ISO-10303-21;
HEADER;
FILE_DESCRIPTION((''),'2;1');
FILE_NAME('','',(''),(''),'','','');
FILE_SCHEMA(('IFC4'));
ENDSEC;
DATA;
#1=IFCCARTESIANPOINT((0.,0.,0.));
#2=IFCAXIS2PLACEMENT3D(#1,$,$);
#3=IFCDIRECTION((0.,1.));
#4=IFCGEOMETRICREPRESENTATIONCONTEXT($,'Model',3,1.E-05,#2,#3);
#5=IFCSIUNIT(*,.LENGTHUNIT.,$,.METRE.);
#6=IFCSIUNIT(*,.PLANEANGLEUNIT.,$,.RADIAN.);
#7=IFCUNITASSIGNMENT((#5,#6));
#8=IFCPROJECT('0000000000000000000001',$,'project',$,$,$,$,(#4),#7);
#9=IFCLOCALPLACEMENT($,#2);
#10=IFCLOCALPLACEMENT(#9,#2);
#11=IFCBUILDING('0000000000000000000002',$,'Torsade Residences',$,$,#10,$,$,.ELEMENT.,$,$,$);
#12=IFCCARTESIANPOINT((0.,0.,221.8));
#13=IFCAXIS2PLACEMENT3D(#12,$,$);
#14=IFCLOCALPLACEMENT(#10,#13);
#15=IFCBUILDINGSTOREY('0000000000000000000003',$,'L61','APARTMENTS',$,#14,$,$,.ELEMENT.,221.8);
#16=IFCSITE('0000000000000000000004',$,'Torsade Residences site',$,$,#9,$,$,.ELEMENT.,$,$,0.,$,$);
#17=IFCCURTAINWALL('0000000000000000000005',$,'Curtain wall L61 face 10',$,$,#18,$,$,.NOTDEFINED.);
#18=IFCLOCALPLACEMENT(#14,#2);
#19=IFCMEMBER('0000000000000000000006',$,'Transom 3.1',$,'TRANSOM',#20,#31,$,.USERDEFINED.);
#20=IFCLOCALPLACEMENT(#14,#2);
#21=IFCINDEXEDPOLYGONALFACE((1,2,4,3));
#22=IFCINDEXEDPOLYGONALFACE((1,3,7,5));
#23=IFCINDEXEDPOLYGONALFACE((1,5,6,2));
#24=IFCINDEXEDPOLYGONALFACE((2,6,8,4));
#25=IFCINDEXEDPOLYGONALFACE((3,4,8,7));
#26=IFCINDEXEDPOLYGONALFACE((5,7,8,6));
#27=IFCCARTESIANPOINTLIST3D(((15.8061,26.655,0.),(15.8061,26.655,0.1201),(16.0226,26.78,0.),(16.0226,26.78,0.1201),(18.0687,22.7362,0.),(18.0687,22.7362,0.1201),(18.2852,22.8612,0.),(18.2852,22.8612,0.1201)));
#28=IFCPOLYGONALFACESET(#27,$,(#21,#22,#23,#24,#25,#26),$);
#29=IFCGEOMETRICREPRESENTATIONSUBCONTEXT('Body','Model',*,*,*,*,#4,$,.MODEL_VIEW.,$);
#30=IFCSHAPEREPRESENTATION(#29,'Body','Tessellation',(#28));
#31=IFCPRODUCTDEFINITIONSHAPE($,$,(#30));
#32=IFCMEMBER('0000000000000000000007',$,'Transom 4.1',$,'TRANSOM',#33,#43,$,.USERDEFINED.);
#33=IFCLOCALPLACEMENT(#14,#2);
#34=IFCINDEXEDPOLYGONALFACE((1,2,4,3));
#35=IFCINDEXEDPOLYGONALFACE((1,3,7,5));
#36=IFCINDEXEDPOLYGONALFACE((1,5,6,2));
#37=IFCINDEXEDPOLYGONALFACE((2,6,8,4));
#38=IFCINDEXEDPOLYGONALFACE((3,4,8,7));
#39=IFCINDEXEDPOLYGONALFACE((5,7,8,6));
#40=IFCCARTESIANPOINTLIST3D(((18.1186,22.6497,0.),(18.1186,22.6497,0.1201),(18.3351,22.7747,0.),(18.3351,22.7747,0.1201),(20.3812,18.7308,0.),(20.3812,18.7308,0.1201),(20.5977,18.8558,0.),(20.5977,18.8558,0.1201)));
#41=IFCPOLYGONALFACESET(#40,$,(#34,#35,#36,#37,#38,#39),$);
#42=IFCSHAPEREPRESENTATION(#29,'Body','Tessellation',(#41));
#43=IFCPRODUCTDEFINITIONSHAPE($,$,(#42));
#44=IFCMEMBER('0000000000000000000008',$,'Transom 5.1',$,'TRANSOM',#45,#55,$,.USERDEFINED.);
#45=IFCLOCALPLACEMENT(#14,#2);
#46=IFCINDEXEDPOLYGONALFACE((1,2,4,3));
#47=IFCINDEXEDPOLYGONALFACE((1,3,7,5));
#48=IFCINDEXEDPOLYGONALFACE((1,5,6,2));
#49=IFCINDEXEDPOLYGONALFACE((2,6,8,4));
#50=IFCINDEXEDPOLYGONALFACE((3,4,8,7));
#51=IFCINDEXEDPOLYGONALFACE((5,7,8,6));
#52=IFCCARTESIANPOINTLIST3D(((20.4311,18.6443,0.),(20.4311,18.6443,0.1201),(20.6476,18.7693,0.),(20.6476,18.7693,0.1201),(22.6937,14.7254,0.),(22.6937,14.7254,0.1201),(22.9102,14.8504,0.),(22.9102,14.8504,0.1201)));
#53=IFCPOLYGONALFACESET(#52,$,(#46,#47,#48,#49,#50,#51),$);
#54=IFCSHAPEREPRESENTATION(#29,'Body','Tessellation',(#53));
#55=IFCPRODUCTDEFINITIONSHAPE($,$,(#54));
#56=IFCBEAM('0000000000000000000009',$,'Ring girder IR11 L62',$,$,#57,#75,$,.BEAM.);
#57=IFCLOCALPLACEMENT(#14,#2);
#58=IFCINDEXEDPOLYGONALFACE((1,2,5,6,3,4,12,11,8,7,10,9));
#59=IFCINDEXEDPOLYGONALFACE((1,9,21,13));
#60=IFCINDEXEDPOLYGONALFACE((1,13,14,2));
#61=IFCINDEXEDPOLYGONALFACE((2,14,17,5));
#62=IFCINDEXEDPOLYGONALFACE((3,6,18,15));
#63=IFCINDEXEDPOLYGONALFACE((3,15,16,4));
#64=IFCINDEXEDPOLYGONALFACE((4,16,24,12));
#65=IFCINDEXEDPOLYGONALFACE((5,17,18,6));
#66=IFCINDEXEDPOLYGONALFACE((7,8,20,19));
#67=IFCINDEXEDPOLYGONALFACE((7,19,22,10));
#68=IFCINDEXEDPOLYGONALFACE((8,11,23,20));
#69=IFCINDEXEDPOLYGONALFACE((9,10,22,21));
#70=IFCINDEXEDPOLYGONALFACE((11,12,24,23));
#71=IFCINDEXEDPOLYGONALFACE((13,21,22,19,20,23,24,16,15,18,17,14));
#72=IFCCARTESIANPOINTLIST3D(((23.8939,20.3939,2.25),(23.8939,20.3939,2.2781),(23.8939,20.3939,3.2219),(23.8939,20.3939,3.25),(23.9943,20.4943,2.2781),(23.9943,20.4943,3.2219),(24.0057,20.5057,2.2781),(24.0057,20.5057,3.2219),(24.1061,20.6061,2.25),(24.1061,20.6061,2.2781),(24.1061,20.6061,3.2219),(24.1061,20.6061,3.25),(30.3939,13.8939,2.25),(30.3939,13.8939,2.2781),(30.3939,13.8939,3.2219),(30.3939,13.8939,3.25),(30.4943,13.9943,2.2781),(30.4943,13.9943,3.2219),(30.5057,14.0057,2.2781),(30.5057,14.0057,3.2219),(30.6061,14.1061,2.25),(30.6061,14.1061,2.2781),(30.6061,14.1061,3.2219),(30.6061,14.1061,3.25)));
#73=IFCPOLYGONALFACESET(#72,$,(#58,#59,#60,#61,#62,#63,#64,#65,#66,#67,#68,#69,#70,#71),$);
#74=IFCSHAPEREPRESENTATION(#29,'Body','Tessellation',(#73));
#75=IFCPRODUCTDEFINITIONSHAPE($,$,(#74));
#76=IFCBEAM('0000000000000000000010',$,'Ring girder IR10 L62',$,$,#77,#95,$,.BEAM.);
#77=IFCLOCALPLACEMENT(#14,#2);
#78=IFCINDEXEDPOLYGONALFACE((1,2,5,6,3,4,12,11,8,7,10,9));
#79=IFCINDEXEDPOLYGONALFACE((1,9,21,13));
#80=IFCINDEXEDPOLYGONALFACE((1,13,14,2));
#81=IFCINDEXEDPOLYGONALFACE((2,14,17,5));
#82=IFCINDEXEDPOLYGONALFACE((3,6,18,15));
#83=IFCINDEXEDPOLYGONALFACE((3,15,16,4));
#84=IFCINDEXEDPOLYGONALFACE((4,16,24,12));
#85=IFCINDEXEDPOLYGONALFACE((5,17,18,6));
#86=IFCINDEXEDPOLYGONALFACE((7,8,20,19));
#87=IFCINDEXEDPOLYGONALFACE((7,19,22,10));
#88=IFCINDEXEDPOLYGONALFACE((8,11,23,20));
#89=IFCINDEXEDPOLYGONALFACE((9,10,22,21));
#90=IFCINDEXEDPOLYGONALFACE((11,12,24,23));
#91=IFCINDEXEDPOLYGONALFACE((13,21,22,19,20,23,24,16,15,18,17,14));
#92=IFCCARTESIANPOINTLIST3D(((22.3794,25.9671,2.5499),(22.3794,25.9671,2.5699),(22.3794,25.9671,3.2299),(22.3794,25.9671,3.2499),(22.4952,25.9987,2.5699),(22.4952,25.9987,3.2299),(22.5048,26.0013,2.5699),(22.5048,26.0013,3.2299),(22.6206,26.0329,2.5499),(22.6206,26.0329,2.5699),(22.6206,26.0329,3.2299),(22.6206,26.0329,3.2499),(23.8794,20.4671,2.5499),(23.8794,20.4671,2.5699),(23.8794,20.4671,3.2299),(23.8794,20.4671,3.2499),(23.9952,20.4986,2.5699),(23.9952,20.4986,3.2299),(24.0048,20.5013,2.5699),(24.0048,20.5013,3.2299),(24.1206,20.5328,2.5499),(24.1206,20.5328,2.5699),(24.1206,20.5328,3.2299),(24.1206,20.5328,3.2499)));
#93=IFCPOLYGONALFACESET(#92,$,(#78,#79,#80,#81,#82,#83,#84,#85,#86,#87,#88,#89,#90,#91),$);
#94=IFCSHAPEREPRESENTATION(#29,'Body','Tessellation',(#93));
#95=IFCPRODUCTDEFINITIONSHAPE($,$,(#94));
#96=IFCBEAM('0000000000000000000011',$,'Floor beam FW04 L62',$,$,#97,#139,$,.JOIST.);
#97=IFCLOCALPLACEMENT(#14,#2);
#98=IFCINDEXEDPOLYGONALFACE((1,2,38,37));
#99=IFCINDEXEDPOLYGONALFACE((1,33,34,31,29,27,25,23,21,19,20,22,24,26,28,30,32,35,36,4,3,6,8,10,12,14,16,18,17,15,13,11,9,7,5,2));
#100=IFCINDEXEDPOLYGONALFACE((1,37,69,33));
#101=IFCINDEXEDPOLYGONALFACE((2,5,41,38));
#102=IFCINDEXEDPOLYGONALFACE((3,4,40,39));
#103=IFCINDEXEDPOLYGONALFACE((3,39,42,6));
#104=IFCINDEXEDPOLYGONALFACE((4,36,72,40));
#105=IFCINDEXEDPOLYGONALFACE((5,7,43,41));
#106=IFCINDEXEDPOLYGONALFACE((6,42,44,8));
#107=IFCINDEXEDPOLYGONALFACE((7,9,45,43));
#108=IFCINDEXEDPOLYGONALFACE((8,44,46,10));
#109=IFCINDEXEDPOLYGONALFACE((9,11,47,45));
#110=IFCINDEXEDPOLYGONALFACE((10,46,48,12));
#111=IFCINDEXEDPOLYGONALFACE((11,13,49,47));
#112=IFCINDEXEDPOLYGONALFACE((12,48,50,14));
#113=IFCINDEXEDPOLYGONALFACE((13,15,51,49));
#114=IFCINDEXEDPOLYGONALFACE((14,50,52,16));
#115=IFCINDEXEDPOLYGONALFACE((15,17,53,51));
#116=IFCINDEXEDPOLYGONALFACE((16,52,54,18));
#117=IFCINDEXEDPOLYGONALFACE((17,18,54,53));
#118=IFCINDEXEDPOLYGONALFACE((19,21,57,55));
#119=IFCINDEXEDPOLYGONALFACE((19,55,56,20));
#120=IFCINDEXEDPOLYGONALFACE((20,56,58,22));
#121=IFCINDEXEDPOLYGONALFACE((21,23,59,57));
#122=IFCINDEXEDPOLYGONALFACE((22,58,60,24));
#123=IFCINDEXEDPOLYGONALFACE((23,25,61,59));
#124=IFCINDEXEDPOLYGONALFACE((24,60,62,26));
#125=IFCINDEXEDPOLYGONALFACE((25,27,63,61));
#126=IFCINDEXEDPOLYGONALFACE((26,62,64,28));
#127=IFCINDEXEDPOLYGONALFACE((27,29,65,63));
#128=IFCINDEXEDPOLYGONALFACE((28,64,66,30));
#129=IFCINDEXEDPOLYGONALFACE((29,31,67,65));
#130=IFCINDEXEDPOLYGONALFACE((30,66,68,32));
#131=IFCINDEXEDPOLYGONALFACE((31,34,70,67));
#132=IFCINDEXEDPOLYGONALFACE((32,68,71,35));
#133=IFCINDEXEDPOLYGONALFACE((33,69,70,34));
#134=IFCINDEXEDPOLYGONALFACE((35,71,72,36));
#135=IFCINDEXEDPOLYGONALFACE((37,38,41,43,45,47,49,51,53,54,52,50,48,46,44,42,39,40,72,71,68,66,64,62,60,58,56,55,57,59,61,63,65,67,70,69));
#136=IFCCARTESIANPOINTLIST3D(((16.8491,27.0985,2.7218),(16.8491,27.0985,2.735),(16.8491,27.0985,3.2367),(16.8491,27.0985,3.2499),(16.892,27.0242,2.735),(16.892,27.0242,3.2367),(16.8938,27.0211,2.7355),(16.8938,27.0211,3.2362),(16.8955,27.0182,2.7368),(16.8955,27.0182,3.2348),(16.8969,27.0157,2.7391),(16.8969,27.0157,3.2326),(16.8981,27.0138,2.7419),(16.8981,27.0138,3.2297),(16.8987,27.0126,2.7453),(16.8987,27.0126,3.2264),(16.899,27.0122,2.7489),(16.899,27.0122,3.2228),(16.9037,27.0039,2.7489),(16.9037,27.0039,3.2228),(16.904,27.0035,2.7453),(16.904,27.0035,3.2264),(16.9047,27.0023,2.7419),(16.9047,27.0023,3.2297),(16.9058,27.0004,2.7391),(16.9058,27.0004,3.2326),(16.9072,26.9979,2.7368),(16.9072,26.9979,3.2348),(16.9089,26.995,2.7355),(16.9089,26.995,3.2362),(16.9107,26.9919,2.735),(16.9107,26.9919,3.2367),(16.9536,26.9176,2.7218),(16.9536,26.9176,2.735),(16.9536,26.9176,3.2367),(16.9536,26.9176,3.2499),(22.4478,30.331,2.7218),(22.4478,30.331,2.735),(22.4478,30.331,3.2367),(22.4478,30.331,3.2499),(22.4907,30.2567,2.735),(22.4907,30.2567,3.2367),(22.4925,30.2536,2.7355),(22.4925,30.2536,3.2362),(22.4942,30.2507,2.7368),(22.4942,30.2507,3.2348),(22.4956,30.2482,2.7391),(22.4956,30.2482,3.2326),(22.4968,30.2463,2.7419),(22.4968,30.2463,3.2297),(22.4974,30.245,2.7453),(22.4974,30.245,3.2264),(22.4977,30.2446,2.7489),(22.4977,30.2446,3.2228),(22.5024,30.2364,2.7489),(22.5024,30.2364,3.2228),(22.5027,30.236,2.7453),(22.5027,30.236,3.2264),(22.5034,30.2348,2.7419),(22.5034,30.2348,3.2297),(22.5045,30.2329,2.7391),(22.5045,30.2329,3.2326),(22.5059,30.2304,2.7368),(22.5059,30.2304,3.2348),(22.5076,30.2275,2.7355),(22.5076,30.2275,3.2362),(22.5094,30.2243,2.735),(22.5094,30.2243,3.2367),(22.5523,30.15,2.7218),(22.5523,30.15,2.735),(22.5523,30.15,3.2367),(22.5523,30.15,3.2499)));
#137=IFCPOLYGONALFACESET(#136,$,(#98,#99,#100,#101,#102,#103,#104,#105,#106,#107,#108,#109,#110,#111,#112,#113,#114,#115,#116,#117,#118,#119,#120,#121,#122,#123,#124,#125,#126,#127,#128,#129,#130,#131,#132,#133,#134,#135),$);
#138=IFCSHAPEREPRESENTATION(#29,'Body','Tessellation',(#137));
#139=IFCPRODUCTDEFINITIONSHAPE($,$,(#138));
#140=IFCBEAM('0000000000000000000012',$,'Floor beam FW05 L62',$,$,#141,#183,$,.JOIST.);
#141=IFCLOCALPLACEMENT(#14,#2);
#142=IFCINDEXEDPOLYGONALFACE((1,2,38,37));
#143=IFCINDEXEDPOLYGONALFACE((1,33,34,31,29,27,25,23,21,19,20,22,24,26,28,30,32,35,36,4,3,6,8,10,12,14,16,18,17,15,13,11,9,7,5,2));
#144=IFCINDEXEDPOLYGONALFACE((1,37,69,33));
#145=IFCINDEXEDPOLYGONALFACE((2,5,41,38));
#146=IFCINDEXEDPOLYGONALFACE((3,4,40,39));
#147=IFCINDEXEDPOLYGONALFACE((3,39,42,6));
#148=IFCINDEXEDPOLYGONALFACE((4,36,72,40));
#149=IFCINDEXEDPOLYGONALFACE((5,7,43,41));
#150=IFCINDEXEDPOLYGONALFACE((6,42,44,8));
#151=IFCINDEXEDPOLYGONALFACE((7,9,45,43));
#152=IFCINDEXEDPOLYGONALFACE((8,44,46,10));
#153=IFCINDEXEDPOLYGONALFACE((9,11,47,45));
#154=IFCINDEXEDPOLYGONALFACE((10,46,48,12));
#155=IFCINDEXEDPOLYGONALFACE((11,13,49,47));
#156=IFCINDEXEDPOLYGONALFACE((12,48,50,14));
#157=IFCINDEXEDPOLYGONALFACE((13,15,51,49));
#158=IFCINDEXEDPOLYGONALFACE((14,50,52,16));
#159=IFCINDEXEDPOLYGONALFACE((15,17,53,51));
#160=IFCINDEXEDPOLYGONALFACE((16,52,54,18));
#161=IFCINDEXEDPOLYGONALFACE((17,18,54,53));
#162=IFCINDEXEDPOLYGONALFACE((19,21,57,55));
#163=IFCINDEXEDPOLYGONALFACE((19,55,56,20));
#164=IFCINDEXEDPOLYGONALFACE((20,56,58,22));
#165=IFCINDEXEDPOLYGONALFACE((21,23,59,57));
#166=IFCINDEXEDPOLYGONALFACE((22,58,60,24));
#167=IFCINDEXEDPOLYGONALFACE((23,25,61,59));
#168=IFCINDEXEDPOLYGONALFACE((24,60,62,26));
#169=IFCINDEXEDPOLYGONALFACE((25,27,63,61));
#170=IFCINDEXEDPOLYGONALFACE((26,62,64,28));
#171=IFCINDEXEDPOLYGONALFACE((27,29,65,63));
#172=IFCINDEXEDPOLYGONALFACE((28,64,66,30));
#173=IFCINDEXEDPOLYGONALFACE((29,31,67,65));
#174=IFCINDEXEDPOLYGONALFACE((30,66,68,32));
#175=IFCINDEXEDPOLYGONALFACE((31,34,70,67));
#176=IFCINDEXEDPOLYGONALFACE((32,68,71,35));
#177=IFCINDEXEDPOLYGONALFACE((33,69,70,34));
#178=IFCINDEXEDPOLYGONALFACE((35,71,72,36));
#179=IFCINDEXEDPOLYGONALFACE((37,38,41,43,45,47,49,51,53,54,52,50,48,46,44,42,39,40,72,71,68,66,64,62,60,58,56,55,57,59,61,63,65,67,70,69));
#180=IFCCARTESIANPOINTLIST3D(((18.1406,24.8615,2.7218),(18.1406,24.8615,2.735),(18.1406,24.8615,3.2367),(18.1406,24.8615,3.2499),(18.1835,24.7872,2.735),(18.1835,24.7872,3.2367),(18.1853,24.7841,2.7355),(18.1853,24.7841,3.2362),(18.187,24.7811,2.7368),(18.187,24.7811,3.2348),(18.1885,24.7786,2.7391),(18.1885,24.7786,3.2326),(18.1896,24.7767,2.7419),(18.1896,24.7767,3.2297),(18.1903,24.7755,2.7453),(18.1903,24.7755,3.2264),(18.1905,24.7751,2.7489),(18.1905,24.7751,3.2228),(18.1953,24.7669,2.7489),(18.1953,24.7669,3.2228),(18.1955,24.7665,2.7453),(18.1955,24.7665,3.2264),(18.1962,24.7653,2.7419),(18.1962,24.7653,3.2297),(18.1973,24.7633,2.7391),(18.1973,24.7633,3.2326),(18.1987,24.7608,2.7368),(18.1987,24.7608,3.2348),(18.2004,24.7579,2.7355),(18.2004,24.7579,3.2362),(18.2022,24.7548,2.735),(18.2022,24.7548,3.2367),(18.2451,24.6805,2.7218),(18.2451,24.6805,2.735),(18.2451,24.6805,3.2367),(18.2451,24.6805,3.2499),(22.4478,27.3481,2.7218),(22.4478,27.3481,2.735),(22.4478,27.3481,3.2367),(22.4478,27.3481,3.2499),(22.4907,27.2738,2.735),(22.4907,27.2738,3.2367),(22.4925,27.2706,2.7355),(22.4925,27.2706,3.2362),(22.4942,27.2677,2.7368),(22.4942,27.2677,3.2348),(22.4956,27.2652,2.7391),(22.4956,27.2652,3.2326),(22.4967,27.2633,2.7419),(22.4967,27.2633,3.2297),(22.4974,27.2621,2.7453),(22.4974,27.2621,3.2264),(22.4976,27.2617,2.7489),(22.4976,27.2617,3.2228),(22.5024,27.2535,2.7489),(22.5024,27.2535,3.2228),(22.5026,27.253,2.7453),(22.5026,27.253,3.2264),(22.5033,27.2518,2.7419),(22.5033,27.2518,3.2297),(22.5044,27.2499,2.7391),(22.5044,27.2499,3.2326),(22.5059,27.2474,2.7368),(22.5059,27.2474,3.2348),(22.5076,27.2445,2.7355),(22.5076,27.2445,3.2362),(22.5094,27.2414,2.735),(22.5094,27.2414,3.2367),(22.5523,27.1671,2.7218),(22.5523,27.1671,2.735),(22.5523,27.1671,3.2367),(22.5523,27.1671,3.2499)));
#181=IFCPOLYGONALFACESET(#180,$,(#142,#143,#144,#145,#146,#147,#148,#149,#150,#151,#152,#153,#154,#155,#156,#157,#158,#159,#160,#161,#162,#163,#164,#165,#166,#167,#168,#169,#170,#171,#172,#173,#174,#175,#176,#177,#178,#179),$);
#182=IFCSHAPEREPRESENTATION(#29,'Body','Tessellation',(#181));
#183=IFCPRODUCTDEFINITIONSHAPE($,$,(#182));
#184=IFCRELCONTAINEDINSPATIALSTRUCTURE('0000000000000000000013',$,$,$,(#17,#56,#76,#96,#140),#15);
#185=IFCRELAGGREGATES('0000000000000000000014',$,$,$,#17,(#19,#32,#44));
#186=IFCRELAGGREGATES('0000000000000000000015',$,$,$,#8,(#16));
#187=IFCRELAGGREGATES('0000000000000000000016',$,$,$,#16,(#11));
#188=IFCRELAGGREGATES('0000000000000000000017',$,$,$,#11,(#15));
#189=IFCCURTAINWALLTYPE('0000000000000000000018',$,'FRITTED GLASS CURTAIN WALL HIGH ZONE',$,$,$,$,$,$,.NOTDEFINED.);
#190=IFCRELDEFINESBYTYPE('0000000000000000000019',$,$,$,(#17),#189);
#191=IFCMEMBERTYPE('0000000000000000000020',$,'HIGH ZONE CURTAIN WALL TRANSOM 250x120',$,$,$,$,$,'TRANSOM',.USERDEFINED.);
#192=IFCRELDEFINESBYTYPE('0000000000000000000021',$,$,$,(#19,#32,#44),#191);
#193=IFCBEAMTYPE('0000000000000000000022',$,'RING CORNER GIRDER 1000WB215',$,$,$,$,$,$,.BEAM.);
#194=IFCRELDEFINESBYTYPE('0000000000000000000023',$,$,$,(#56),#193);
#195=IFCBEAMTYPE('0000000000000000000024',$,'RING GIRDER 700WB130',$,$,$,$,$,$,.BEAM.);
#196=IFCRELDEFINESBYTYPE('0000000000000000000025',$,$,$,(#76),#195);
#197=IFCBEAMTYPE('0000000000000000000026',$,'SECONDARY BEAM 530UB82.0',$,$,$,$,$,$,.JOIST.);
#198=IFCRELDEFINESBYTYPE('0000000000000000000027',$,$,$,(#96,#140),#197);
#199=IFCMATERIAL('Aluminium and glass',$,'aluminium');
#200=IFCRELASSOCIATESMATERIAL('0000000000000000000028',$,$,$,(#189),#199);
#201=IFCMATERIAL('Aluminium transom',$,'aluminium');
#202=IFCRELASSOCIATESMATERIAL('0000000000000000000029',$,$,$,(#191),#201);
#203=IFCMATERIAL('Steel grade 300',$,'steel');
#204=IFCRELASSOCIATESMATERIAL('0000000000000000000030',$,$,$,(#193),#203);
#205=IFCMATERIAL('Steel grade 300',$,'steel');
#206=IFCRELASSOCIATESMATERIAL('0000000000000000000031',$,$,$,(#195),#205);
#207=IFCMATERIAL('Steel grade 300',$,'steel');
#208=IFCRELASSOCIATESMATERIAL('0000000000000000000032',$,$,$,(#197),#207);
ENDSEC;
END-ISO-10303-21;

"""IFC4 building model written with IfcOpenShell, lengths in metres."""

from ifc_helpers import new_model, si_unit, direction, frame, origin, origin_2d, place, context, subcontext, project, spatial, rectangle, i_section, extrude, material, material_profile, profile_set, type_object, element, aggregate, save


model = new_model("IFC4")

# Units and contexts
model_context = context("Model", 3, precision=1e-05, world=origin(), true_north=direction((0.0, 1.0)))
body_context = subcontext(model_context, "Body", "Model", "MODEL_VIEW")
ifc_project = project(units=[si_unit("LENGTHUNIT", "METRE"), si_unit("PLANEANGLEUNIT", "RADIAN")], contexts=[model_context])

# Site, building, storey
site_placement = place(None, origin())
site = spatial("IfcSite", under=ifc_project, at=site_placement, Name="Torsade Residences site", CompositionType="ELEMENT", RefElevation=0.0)
building_placement = place(site_placement, origin())
building = spatial("IfcBuilding", under=site, at=building_placement, Name="Torsade Residences", CompositionType="ELEMENT")
storey_placement = place(building_placement, frame((0.0, 0.0, 221.8)))
storey = spatial("IfcBuildingStorey", under=building, at=storey_placement, Name="L61", Description="APARTMENTS", CompositionType="ELEMENT", Elevation=221.8)

# Curtain wall, members
ifc_material_1 = material(Name="Aluminium and glass", Category="aluminium")
curtain_wall_type = type_object("IfcCurtainWallType", Name="FRITTED GLASS CURTAIN WALL HIGH ZONE", PredefinedType="NOTDEFINED", material=ifc_material_1)
curtain_wall_placement = place(storey_placement, origin())
curtain_wall = element("IfcCurtainWall", 1, at=curtain_wall_placement, inside=storey, type_object=curtain_wall_type, Name="Curtain wall L61 face 10", PredefinedType="NOTDEFINED")
ifc_material_2 = material(Name="Aluminium transom", Category="aluminium")
ifc_material_profile_1 = material_profile(ifc_material_2, rectangle(XDim=0.25, YDim=0.1201, at=origin_2d()), Name="HIGH ZONE CURTAIN WALL TRANSOM 250x120")
ifc_profile_set_1 = profile_set([ifc_material_profile_1], Name="Aluminium transom")
member_type_1 = type_object("IfcMemberType", Name="HIGH ZONE CURTAIN WALL TRANSOM 250x120", ElementType="TRANSOM", PredefinedType="USERDEFINED", material=ifc_profile_set_1)
member_1_placement = place(storey_placement, frame((15.9143, 26.7175, 0.0601), z_axis=(0.500015, -0.866017, 0.0), x_axis=(0.866017, 0.500015, 0.0)))
member_1 = element("IfcMember", 2, at=member_1_placement, type_object=member_type_1, Name="Transom 3.1", ObjectType="TRANSOM", PredefinedType="USERDEFINED", context=body_context, shape_type="SweptSolid", body=[
    extrude(rectangle(XDim=0.25, YDim=0.1201, at=origin_2d()), origin(), (0.0, 0.0, 1.0), 4.5251),
])
member_2_placement = place(storey_placement, frame((18.2268, 22.7122, 0.0601), z_axis=(0.500015, -0.866017, 0.0), x_axis=(0.866017, 0.500015, 0.0)))
member_2 = element("IfcMember", 3, at=member_2_placement, type_object=member_type_1, Name="Transom 4.1", ObjectType="TRANSOM", PredefinedType="USERDEFINED", context=body_context, shape_type="SweptSolid", body=[
    extrude(rectangle(XDim=0.25, YDim=0.1201, at=origin_2d()), origin(), (0.0, 0.0, 1.0), 4.5251),
])
member_3_placement = place(storey_placement, frame((20.5393, 18.7068, 0.0601), z_axis=(0.500015, -0.866017, 0.0), x_axis=(0.866017, 0.500015, 0.0)))
member_3 = element("IfcMember", 4, at=member_3_placement, type_object=member_type_1, Name="Transom 5.1", ObjectType="TRANSOM", PredefinedType="USERDEFINED", context=body_context, shape_type="SweptSolid", body=[
    extrude(rectangle(XDim=0.25, YDim=0.1201, at=origin_2d()), origin(), (0.0, 0.0, 1.0), 4.5251),
])

# Beams
ifc_material_3 = material(Name="Steel grade 300", Category="steel")
ifc_material_profile_2 = material_profile(ifc_material_3, i_section(OverallWidth=0.3, OverallDepth=1.0, WebThickness=0.0161, FlangeThickness=0.0281, at=origin_2d()), Name="1000WB215")
ifc_profile_set_2 = profile_set([ifc_material_profile_2], Name="Steel grade 300")
beam_type_1 = type_object("IfcBeamType", Name="RING CORNER GIRDER 1000WB215", PredefinedType="BEAM", material=ifc_profile_set_2)
beam_1_placement = place(storey_placement, frame((24.0, 20.5, 2.75), z_axis=(0.707107, -0.707107, 0.0), x_axis=(0.707107, 0.707107, 0.0)))
element("IfcBeam", 5, at=beam_1_placement, inside=storey, type_object=beam_type_1, Name="Ring girder IR11 L62", PredefinedType="BEAM", context=body_context, shape_type="SweptSolid", body=[
    extrude(i_section(OverallWidth=0.3, OverallDepth=1.0, WebThickness=0.0161, FlangeThickness=0.0281, at=origin_2d()), origin(), (0.0, 0.0, 1.0), 9.1924),
])
ifc_material_4 = material(Name="Steel grade 300", Category="steel")
ifc_material_profile_3 = material_profile(ifc_material_4, i_section(OverallWidth=0.25, OverallDepth=0.7, WebThickness=0.01, FlangeThickness=0.02, at=origin_2d()), Name="700WB130")
ifc_profile_set_3 = profile_set([ifc_material_profile_3], Name="Steel grade 300")
beam_type_2 = type_object("IfcBeamType", Name="RING GIRDER 700WB130", PredefinedType="BEAM", material=ifc_profile_set_3)
beam_2_placement = place(storey_placement, frame((22.5, 26.0, 2.8999), z_axis=(0.263117, -0.964764, 0.0), x_axis=(0.964764, 0.263117, 0.0)))
element("IfcBeam", 6, at=beam_2_placement, inside=storey, type_object=beam_type_2, Name="Ring girder IR10 L62", PredefinedType="BEAM", context=body_context, shape_type="SweptSolid", body=[
    extrude(i_section(OverallWidth=0.25, OverallDepth=0.7, WebThickness=0.01, FlangeThickness=0.02, at=origin_2d()), origin(), (0.0, 0.0, 1.0), 5.7009),
])
ifc_material_5 = material(Name="Steel grade 300", Category="steel")
ifc_material_profile_4 = material_profile(ifc_material_5, i_section(OverallWidth=0.209, OverallDepth=0.5281, WebThickness=0.0095, FlangeThickness=0.0132, FilletRadius=0.0139, at=origin_2d()), Name="530UB82.0")
ifc_profile_set_4 = profile_set([ifc_material_profile_4], Name="Steel grade 300")
beam_type_3 = type_object("IfcBeamType", Name="SECONDARY BEAM 530UB82.0", PredefinedType="JOIST", material=ifc_profile_set_4)
beam_3_placement = place(storey_placement, frame((16.9014, 27.0081, 2.9858), z_axis=(0.866022, 0.500006, 0.0), x_axis=(-0.500006, 0.866022, 0.0)))
element("IfcBeam", 7, at=beam_3_placement, inside=storey, type_object=beam_type_3, Name="Floor beam FW04 L62", PredefinedType="JOIST", context=body_context, shape_type="SweptSolid", body=[
    extrude(i_section(OverallWidth=0.209, OverallDepth=0.5281, WebThickness=0.0095, FlangeThickness=0.0132, FilletRadius=0.0139, at=origin_2d()), origin(), (0.0, 0.0, 1.0), 6.4648),
])
beam_4_placement = place(storey_placement, frame((18.1929, 24.771, 2.9858), z_axis=(0.866038, 0.499977, 0.0), x_axis=(-0.499977, 0.866038, 0.0)))
element("IfcBeam", 8, at=beam_4_placement, inside=storey, type_object=beam_type_3, Name="Floor beam FW05 L62", PredefinedType="JOIST", context=body_context, shape_type="SweptSolid", body=[
    extrude(i_section(OverallWidth=0.209, OverallDepth=0.5281, WebThickness=0.0095, FlangeThickness=0.0132, FilletRadius=0.0139, at=origin_2d()), origin(), (0.0, 0.0, 1.0), 4.9734),
])

aggregate(curtain_wall, [member_1, member_2, member_3])

save(model, "model.ifc")
